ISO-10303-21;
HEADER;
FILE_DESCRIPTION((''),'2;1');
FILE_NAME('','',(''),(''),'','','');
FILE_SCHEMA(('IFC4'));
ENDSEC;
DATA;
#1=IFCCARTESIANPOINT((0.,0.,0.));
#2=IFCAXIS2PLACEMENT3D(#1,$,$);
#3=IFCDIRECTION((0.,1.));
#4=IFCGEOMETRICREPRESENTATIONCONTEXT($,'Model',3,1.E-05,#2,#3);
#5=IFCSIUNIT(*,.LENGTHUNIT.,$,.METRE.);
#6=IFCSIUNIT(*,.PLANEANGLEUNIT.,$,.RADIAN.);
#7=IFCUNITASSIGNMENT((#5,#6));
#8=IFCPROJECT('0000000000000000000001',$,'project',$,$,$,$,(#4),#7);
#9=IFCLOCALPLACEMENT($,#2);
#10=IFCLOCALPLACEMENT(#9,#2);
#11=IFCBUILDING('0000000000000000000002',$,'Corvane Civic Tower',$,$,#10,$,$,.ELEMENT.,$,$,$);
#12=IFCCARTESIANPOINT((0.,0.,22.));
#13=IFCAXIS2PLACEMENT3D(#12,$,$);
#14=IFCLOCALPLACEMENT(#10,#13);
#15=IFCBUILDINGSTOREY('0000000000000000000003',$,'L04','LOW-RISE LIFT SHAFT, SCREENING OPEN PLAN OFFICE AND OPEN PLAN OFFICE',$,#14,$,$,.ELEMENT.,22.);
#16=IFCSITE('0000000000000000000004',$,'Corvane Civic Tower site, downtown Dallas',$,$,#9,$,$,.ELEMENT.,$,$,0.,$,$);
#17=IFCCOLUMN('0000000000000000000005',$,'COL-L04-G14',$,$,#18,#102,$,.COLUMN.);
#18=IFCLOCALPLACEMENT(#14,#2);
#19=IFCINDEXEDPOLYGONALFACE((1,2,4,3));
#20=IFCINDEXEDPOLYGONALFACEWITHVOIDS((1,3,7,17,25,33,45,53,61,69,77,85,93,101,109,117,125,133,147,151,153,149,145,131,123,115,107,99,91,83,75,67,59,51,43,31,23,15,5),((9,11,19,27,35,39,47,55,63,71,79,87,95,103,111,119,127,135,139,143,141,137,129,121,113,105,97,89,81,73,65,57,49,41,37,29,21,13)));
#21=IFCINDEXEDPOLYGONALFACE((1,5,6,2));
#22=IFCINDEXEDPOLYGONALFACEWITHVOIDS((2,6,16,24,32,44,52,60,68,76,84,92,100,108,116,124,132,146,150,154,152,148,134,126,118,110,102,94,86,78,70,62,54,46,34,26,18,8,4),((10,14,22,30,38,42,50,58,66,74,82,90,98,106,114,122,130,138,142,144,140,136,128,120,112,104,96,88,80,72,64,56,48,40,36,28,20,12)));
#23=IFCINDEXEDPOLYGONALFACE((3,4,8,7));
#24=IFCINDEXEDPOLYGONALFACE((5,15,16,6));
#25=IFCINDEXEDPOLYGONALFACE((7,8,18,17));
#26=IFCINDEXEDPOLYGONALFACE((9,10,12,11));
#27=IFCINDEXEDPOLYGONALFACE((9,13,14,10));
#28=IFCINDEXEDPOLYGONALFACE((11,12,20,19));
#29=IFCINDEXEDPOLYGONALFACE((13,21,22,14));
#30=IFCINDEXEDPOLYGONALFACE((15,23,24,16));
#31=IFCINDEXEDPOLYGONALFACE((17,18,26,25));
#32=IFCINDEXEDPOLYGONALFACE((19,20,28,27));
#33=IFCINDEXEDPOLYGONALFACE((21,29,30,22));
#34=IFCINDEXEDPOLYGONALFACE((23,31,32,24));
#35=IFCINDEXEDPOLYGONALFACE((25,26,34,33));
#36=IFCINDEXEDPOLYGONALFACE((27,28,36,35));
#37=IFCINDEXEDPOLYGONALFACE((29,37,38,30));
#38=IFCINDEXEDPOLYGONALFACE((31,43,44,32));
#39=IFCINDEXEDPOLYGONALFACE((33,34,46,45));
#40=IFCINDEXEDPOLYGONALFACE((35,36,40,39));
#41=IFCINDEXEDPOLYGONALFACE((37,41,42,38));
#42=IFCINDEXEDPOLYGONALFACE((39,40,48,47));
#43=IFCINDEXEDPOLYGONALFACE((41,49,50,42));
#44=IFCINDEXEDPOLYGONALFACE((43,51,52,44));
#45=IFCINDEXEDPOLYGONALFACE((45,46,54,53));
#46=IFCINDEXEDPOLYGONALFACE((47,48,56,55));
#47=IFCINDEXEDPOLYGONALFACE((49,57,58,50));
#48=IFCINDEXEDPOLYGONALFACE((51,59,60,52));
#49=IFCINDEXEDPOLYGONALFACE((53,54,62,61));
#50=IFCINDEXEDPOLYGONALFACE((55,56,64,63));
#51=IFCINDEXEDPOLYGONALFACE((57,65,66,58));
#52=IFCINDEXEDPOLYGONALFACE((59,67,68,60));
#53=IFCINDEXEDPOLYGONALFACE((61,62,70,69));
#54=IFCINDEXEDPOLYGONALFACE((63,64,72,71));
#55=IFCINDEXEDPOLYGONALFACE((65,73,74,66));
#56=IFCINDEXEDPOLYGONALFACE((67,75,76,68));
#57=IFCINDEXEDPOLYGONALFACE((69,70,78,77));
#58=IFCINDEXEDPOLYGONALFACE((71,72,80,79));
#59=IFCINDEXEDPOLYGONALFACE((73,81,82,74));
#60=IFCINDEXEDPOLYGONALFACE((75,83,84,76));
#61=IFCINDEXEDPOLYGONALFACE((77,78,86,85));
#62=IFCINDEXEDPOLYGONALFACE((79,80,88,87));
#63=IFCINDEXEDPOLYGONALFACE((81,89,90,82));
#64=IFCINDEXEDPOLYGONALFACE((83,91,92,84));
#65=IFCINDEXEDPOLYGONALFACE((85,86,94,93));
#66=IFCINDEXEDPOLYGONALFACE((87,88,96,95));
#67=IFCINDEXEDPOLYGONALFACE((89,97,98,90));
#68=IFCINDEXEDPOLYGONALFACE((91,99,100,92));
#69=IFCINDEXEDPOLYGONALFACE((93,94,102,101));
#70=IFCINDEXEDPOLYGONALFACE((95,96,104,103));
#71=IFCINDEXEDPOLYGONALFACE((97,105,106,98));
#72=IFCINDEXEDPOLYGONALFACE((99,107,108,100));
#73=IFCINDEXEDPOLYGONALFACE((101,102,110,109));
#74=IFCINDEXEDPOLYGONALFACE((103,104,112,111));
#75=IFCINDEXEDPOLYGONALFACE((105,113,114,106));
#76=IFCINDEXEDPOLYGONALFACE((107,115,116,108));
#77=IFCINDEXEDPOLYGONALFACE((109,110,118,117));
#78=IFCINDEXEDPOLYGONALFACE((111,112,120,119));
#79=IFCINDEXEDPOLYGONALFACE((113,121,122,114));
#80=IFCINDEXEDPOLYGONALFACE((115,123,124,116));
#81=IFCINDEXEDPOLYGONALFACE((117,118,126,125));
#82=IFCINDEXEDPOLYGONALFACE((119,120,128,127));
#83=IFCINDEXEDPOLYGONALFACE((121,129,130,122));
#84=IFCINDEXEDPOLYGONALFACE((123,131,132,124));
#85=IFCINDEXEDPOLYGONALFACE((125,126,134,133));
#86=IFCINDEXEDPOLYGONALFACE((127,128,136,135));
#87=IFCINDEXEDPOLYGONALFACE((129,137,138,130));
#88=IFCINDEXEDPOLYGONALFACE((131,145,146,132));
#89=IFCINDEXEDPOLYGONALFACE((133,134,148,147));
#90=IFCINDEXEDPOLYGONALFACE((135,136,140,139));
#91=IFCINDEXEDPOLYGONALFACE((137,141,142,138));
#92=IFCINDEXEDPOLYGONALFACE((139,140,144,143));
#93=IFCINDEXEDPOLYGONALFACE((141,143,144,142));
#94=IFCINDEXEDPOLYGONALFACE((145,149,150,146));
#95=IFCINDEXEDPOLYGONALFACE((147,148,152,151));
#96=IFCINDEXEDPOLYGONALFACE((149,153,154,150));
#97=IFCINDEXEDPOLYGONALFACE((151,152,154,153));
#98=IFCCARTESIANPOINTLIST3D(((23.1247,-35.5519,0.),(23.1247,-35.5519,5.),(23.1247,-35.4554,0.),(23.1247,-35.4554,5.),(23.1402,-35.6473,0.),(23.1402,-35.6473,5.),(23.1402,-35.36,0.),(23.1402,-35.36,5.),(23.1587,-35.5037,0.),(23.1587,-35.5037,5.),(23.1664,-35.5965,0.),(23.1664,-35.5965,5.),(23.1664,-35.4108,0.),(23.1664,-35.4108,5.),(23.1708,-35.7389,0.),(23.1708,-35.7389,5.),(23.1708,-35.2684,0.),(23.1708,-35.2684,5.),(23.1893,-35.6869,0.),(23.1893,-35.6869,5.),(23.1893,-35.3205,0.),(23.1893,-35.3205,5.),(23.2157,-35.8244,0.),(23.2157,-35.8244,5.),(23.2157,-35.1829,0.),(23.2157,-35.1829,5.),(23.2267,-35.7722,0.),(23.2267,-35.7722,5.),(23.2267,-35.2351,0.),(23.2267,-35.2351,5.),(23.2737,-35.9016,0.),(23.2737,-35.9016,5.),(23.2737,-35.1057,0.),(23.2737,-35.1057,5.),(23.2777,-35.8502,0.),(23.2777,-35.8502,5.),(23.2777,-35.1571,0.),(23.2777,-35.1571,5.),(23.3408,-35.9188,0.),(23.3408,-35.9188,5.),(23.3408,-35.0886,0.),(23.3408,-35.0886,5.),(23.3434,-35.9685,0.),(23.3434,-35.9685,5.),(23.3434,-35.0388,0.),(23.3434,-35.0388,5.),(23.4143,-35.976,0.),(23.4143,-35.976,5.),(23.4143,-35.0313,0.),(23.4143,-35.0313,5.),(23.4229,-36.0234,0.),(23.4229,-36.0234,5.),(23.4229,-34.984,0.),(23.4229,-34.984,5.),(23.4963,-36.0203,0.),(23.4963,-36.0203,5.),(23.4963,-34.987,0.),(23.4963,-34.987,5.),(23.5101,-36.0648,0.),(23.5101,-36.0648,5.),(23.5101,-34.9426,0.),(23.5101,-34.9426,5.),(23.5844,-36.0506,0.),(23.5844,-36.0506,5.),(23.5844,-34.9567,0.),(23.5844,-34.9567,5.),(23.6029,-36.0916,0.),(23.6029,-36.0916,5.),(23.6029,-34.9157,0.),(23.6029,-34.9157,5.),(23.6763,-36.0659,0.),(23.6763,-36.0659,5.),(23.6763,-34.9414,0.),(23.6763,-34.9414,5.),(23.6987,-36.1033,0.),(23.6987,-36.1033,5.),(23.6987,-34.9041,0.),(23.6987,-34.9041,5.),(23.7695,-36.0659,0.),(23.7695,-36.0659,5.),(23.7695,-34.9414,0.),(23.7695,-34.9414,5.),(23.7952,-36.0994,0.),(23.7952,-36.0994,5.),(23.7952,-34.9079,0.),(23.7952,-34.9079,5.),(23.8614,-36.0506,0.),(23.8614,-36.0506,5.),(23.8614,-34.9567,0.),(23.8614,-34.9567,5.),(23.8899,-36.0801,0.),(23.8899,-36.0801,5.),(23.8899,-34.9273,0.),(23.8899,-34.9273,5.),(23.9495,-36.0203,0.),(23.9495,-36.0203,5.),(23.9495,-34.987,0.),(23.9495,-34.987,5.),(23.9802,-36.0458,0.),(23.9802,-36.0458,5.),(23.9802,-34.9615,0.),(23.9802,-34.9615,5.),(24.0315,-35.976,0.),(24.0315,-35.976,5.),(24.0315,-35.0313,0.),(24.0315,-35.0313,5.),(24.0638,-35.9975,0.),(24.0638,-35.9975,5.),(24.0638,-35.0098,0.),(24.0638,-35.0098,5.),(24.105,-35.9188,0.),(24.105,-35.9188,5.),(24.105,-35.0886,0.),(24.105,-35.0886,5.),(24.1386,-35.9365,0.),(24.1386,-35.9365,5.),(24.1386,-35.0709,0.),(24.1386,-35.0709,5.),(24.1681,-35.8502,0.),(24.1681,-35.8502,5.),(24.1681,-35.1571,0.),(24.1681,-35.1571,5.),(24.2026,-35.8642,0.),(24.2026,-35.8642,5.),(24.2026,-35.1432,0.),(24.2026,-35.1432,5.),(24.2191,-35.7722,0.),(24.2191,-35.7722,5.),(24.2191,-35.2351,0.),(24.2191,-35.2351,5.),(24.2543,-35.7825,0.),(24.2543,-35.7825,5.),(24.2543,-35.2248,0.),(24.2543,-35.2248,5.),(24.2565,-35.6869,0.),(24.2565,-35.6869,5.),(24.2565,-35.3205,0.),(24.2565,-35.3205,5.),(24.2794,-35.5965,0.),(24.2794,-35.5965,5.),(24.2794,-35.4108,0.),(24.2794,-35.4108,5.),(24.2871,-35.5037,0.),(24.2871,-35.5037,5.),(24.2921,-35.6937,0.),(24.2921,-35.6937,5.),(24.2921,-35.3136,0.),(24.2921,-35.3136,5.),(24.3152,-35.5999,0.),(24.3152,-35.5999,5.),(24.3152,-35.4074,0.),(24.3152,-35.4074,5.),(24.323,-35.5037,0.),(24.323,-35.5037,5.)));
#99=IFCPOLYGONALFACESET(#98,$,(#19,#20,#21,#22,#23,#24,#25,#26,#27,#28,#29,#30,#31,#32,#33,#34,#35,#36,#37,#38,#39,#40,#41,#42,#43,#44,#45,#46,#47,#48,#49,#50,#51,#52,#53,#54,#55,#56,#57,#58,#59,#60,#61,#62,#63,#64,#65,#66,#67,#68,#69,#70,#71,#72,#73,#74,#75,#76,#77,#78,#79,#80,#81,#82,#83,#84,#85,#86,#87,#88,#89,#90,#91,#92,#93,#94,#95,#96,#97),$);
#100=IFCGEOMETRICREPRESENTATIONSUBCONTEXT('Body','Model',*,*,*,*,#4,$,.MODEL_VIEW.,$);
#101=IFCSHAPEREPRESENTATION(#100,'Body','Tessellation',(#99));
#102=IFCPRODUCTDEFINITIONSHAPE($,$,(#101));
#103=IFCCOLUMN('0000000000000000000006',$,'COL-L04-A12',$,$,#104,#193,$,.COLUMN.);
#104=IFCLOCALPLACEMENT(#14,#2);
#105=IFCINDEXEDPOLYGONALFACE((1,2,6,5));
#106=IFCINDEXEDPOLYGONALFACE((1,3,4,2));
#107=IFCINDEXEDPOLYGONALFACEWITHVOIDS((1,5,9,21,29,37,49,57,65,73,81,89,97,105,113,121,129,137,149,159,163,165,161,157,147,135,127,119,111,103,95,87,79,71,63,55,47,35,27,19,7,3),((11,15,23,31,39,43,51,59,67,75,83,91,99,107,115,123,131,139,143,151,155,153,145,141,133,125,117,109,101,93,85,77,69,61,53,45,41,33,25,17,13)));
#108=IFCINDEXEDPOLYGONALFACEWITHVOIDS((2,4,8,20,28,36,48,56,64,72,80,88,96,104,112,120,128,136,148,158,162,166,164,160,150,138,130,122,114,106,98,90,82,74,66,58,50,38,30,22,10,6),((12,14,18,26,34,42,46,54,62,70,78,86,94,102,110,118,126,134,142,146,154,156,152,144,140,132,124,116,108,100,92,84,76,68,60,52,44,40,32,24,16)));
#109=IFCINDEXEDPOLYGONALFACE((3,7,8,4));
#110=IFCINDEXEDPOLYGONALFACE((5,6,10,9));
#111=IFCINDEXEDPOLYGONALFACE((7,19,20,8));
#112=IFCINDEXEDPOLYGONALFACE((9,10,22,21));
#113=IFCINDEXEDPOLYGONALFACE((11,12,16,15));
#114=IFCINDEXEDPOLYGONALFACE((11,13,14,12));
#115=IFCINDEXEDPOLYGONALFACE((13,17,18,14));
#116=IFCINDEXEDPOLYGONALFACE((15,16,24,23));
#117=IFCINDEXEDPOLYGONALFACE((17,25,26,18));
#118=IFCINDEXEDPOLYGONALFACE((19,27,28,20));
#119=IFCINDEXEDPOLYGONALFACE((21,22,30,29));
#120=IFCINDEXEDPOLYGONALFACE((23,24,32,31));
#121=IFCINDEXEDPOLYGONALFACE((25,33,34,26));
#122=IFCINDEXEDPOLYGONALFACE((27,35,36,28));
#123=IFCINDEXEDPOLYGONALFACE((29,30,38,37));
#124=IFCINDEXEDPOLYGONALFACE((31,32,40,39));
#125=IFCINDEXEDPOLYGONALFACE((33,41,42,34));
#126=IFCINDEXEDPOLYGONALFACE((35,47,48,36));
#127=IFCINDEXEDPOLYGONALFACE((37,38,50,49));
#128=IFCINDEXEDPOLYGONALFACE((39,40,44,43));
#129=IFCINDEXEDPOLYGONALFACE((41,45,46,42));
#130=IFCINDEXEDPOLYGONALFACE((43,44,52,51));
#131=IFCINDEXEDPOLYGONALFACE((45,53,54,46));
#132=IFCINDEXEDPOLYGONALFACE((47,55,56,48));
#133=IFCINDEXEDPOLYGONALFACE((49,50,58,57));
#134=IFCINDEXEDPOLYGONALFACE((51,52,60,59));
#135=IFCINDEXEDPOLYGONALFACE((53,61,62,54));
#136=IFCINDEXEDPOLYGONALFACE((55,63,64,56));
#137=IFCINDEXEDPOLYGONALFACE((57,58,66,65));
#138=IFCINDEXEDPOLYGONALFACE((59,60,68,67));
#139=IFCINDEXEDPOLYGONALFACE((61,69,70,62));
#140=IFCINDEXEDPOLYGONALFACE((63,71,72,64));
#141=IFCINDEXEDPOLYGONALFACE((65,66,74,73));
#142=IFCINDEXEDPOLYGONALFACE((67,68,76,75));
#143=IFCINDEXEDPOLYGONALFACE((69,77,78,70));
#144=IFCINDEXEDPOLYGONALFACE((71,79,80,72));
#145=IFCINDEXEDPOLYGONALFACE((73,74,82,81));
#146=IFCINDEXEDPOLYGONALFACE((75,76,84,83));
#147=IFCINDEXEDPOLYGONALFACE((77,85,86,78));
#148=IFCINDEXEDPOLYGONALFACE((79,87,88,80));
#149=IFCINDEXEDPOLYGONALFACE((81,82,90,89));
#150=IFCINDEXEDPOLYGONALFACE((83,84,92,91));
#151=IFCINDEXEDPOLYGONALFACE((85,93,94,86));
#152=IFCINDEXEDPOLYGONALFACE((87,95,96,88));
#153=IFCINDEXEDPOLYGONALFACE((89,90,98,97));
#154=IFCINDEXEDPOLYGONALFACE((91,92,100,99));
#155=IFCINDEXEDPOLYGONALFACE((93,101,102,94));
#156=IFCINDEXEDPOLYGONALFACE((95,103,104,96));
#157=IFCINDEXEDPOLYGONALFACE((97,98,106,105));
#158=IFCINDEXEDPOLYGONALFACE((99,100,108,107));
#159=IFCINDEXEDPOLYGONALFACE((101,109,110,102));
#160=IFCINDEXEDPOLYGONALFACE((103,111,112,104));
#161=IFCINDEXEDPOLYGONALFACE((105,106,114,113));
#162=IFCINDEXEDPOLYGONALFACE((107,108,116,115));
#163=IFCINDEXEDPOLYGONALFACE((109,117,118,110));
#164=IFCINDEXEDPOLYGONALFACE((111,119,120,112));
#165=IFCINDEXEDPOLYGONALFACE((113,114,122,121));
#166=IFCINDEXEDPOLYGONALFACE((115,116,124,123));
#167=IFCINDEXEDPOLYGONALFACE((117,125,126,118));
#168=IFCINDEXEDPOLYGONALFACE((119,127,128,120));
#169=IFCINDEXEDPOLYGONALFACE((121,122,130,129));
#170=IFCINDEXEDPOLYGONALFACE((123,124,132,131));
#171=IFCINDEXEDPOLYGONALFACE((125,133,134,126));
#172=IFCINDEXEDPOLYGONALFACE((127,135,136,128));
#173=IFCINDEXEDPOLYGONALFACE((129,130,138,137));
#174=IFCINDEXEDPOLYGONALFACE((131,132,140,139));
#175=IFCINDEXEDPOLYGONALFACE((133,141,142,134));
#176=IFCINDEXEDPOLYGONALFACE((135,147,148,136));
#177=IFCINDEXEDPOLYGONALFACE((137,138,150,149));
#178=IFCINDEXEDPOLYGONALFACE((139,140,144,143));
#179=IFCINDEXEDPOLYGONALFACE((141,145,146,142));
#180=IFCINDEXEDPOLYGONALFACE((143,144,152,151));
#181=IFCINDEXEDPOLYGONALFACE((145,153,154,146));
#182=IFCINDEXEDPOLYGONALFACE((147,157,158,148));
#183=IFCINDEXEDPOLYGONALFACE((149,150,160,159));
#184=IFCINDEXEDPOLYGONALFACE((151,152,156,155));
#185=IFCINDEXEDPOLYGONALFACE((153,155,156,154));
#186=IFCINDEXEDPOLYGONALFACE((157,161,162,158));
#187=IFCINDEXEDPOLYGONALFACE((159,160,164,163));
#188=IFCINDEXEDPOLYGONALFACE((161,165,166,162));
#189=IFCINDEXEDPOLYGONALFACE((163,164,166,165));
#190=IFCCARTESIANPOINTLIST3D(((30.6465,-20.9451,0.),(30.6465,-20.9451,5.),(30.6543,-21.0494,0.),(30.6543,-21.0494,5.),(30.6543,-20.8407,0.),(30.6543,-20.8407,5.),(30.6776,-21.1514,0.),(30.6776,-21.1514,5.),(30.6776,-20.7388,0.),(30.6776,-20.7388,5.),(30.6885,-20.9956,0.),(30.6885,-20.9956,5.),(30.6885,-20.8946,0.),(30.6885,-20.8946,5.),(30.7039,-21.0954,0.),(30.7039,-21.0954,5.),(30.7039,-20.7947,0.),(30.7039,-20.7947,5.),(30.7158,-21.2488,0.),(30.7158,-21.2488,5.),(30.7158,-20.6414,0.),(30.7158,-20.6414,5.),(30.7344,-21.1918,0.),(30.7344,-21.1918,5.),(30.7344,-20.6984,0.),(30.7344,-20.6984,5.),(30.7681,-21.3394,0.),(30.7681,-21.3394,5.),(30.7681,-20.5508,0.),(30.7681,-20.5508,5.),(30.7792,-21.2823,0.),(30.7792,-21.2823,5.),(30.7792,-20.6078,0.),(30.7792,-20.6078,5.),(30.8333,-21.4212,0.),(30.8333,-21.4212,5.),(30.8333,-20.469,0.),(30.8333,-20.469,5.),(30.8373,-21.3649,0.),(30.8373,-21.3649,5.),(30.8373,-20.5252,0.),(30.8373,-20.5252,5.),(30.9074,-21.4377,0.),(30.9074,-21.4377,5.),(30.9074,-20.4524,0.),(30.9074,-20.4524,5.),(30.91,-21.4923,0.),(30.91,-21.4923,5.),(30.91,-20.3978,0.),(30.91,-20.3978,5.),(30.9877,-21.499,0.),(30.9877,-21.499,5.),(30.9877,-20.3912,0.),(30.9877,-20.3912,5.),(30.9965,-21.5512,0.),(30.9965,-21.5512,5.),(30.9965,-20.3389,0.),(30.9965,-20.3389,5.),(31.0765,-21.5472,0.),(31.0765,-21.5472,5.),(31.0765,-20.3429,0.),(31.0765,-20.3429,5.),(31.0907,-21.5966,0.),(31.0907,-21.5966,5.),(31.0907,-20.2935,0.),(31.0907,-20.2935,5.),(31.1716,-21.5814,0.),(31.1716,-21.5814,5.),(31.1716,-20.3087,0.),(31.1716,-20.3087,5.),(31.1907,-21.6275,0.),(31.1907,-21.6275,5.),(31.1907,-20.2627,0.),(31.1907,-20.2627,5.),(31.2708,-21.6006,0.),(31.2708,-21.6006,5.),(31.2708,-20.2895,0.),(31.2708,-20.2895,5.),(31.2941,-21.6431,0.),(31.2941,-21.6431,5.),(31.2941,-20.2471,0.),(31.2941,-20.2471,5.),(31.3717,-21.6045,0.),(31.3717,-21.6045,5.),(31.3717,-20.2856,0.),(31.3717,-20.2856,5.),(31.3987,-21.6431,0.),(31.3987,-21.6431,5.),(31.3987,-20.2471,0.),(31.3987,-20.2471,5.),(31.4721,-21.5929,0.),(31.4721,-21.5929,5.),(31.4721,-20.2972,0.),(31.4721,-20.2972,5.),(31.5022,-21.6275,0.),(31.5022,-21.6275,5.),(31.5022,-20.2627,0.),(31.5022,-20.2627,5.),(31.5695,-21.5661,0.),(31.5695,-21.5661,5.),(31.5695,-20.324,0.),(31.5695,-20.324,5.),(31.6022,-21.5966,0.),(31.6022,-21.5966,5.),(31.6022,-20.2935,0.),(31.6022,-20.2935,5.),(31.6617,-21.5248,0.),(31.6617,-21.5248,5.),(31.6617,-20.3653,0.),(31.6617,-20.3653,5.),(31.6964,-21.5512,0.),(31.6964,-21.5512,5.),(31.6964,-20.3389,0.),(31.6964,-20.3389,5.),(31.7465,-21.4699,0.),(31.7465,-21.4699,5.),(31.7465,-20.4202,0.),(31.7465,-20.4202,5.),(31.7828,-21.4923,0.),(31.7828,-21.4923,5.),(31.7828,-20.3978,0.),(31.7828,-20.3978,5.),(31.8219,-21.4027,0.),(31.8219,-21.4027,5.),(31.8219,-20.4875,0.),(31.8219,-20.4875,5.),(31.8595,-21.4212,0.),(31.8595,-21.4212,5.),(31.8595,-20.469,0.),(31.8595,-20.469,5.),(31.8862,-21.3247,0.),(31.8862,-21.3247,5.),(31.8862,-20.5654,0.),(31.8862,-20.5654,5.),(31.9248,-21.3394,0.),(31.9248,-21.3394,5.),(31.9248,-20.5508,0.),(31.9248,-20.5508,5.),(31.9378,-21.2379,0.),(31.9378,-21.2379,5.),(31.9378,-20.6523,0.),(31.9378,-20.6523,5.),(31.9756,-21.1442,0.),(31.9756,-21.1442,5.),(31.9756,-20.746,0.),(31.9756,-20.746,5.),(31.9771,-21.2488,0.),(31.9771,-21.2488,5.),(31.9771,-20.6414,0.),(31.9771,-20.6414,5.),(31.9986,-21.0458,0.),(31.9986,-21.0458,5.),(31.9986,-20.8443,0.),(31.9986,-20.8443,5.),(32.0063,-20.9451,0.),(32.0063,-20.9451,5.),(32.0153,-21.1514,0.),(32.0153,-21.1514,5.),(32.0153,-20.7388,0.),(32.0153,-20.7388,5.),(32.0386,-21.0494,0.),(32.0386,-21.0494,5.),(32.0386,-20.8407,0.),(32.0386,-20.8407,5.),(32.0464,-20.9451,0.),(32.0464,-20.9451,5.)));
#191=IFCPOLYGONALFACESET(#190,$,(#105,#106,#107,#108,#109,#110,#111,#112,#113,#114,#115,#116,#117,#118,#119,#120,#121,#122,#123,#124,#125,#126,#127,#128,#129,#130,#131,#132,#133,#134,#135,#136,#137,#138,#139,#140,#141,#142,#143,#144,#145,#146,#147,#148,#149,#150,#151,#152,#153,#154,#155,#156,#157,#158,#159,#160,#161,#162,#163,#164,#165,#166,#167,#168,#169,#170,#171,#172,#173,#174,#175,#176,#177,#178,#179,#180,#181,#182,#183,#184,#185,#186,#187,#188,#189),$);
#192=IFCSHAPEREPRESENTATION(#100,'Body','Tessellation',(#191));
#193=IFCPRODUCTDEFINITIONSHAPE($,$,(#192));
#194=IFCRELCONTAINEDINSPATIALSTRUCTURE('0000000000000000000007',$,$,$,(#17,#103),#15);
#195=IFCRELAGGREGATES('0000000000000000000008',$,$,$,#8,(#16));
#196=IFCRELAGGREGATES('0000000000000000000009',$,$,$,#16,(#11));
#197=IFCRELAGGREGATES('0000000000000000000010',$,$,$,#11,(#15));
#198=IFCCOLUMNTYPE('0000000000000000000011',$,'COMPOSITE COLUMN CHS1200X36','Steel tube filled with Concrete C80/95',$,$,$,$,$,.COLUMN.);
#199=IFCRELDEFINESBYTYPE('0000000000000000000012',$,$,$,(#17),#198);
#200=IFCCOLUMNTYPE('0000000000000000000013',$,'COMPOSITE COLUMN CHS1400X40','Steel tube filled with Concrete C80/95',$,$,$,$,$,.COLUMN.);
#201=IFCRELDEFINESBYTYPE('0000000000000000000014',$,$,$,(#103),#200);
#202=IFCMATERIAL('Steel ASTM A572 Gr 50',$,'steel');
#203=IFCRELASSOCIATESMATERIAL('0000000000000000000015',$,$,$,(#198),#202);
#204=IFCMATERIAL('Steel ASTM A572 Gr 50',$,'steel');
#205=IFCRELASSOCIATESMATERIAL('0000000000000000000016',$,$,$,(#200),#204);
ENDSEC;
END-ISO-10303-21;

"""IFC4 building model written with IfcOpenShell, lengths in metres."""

from ifc_helpers import new_model, si_unit, direction, frame, origin, origin_2d, place, context, subcontext, project, spatial, hollow_circle, extrude, material, material_profile, profile_set, type_object, element, save


model = new_model("IFC4")

# Units and contexts
model_context = context("Model", 3, precision=1e-05, world=origin(), true_north=direction((0.0, 1.0)))
body_context = subcontext(model_context, "Body", "Model", "MODEL_VIEW")
ifc_project = project(units=[si_unit("LENGTHUNIT", "METRE"), si_unit("PLANEANGLEUNIT", "RADIAN")], contexts=[model_context])

# Site, building, storey
site_placement = place(None, origin())
site = spatial("IfcSite", under=ifc_project, at=site_placement, Name="Corvane Civic Tower site, downtown Dallas", CompositionType="ELEMENT", RefElevation=0.0)
building_placement = place(site_placement, origin())
building = spatial("IfcBuilding", under=site, at=building_placement, Name="Corvane Civic Tower", CompositionType="ELEMENT")
storey_placement = place(building_placement, frame((0.0, 0.0, 22.0)))
storey = spatial("IfcBuildingStorey", under=building, at=storey_placement, Name="L04", Description="LOW-RISE LIFT SHAFT, SCREENING OPEN PLAN OFFICE AND OPEN PLAN OFFICE", CompositionType="ELEMENT", Elevation=22.0)

# Columns
ifc_material_1 = material(Name="Steel ASTM A572 Gr 50", Category="steel")
ifc_material_profile_1 = material_profile(ifc_material_1, hollow_circle(Radius=0.6001, WallThickness=0.0359, at=origin_2d()), Name="CHS1200X36")
ifc_profile_set_1 = profile_set([ifc_material_profile_1], Name="Steel ASTM A572 Gr 50")
column_type_1 = type_object("IfcColumnType", Name="COMPOSITE COLUMN CHS1200X36", Description="Steel tube filled with Concrete C80/95", PredefinedType="COLUMN", material=ifc_profile_set_1)
for number, where, z_axis, x_axis, name in (
    (1, (23.7229, -35.5037, 0.0), (0.0, 0.0, 1.0), (1.0, 0.0, 0.0), "COL-L04-G14"),
):
    element("IfcColumn", number, at=place(storey_placement, frame(where, z_axis=z_axis, x_axis=x_axis)), inside=storey, type_object=column_type_1, Name=name, PredefinedType="COLUMN", context=body_context, shape_type="SweptSolid", body=[
        extrude(hollow_circle(Radius=0.6001, WallThickness=0.0359, at=origin_2d()), origin(), (0.0, 0.0, 1.0), 5.0),
    ])
ifc_material_2 = material(Name="Steel ASTM A572 Gr 50", Category="steel")
ifc_material_profile_2 = material_profile(ifc_material_2, hollow_circle(Radius=0.7, WallThickness=0.04, at=origin_2d()), Name="CHS1400X40")
ifc_profile_set_2 = profile_set([ifc_material_profile_2], Name="Steel ASTM A572 Gr 50")
column_type_2 = type_object("IfcColumnType", Name="COMPOSITE COLUMN CHS1400X40", Description="Steel tube filled with Concrete C80/95", PredefinedType="COLUMN", material=ifc_profile_set_2)
for number, where, z_axis, x_axis, name in (
    (2, (31.3464, -20.9451, 0.0), (0.0, 0.0, 1.0), (1.0, 0.0, 0.0), "COL-L04-A12"),
):
    element("IfcColumn", number, at=place(storey_placement, frame(where, z_axis=z_axis, x_axis=x_axis)), inside=storey, type_object=column_type_2, Name=name, PredefinedType="COLUMN", context=body_context, shape_type="SweptSolid", body=[
        extrude(hollow_circle(Radius=0.7, WallThickness=0.04, at=origin_2d()), origin(), (0.0, 0.0, 1.0), 5.0),
    ])

save(model, "model.ifc")
